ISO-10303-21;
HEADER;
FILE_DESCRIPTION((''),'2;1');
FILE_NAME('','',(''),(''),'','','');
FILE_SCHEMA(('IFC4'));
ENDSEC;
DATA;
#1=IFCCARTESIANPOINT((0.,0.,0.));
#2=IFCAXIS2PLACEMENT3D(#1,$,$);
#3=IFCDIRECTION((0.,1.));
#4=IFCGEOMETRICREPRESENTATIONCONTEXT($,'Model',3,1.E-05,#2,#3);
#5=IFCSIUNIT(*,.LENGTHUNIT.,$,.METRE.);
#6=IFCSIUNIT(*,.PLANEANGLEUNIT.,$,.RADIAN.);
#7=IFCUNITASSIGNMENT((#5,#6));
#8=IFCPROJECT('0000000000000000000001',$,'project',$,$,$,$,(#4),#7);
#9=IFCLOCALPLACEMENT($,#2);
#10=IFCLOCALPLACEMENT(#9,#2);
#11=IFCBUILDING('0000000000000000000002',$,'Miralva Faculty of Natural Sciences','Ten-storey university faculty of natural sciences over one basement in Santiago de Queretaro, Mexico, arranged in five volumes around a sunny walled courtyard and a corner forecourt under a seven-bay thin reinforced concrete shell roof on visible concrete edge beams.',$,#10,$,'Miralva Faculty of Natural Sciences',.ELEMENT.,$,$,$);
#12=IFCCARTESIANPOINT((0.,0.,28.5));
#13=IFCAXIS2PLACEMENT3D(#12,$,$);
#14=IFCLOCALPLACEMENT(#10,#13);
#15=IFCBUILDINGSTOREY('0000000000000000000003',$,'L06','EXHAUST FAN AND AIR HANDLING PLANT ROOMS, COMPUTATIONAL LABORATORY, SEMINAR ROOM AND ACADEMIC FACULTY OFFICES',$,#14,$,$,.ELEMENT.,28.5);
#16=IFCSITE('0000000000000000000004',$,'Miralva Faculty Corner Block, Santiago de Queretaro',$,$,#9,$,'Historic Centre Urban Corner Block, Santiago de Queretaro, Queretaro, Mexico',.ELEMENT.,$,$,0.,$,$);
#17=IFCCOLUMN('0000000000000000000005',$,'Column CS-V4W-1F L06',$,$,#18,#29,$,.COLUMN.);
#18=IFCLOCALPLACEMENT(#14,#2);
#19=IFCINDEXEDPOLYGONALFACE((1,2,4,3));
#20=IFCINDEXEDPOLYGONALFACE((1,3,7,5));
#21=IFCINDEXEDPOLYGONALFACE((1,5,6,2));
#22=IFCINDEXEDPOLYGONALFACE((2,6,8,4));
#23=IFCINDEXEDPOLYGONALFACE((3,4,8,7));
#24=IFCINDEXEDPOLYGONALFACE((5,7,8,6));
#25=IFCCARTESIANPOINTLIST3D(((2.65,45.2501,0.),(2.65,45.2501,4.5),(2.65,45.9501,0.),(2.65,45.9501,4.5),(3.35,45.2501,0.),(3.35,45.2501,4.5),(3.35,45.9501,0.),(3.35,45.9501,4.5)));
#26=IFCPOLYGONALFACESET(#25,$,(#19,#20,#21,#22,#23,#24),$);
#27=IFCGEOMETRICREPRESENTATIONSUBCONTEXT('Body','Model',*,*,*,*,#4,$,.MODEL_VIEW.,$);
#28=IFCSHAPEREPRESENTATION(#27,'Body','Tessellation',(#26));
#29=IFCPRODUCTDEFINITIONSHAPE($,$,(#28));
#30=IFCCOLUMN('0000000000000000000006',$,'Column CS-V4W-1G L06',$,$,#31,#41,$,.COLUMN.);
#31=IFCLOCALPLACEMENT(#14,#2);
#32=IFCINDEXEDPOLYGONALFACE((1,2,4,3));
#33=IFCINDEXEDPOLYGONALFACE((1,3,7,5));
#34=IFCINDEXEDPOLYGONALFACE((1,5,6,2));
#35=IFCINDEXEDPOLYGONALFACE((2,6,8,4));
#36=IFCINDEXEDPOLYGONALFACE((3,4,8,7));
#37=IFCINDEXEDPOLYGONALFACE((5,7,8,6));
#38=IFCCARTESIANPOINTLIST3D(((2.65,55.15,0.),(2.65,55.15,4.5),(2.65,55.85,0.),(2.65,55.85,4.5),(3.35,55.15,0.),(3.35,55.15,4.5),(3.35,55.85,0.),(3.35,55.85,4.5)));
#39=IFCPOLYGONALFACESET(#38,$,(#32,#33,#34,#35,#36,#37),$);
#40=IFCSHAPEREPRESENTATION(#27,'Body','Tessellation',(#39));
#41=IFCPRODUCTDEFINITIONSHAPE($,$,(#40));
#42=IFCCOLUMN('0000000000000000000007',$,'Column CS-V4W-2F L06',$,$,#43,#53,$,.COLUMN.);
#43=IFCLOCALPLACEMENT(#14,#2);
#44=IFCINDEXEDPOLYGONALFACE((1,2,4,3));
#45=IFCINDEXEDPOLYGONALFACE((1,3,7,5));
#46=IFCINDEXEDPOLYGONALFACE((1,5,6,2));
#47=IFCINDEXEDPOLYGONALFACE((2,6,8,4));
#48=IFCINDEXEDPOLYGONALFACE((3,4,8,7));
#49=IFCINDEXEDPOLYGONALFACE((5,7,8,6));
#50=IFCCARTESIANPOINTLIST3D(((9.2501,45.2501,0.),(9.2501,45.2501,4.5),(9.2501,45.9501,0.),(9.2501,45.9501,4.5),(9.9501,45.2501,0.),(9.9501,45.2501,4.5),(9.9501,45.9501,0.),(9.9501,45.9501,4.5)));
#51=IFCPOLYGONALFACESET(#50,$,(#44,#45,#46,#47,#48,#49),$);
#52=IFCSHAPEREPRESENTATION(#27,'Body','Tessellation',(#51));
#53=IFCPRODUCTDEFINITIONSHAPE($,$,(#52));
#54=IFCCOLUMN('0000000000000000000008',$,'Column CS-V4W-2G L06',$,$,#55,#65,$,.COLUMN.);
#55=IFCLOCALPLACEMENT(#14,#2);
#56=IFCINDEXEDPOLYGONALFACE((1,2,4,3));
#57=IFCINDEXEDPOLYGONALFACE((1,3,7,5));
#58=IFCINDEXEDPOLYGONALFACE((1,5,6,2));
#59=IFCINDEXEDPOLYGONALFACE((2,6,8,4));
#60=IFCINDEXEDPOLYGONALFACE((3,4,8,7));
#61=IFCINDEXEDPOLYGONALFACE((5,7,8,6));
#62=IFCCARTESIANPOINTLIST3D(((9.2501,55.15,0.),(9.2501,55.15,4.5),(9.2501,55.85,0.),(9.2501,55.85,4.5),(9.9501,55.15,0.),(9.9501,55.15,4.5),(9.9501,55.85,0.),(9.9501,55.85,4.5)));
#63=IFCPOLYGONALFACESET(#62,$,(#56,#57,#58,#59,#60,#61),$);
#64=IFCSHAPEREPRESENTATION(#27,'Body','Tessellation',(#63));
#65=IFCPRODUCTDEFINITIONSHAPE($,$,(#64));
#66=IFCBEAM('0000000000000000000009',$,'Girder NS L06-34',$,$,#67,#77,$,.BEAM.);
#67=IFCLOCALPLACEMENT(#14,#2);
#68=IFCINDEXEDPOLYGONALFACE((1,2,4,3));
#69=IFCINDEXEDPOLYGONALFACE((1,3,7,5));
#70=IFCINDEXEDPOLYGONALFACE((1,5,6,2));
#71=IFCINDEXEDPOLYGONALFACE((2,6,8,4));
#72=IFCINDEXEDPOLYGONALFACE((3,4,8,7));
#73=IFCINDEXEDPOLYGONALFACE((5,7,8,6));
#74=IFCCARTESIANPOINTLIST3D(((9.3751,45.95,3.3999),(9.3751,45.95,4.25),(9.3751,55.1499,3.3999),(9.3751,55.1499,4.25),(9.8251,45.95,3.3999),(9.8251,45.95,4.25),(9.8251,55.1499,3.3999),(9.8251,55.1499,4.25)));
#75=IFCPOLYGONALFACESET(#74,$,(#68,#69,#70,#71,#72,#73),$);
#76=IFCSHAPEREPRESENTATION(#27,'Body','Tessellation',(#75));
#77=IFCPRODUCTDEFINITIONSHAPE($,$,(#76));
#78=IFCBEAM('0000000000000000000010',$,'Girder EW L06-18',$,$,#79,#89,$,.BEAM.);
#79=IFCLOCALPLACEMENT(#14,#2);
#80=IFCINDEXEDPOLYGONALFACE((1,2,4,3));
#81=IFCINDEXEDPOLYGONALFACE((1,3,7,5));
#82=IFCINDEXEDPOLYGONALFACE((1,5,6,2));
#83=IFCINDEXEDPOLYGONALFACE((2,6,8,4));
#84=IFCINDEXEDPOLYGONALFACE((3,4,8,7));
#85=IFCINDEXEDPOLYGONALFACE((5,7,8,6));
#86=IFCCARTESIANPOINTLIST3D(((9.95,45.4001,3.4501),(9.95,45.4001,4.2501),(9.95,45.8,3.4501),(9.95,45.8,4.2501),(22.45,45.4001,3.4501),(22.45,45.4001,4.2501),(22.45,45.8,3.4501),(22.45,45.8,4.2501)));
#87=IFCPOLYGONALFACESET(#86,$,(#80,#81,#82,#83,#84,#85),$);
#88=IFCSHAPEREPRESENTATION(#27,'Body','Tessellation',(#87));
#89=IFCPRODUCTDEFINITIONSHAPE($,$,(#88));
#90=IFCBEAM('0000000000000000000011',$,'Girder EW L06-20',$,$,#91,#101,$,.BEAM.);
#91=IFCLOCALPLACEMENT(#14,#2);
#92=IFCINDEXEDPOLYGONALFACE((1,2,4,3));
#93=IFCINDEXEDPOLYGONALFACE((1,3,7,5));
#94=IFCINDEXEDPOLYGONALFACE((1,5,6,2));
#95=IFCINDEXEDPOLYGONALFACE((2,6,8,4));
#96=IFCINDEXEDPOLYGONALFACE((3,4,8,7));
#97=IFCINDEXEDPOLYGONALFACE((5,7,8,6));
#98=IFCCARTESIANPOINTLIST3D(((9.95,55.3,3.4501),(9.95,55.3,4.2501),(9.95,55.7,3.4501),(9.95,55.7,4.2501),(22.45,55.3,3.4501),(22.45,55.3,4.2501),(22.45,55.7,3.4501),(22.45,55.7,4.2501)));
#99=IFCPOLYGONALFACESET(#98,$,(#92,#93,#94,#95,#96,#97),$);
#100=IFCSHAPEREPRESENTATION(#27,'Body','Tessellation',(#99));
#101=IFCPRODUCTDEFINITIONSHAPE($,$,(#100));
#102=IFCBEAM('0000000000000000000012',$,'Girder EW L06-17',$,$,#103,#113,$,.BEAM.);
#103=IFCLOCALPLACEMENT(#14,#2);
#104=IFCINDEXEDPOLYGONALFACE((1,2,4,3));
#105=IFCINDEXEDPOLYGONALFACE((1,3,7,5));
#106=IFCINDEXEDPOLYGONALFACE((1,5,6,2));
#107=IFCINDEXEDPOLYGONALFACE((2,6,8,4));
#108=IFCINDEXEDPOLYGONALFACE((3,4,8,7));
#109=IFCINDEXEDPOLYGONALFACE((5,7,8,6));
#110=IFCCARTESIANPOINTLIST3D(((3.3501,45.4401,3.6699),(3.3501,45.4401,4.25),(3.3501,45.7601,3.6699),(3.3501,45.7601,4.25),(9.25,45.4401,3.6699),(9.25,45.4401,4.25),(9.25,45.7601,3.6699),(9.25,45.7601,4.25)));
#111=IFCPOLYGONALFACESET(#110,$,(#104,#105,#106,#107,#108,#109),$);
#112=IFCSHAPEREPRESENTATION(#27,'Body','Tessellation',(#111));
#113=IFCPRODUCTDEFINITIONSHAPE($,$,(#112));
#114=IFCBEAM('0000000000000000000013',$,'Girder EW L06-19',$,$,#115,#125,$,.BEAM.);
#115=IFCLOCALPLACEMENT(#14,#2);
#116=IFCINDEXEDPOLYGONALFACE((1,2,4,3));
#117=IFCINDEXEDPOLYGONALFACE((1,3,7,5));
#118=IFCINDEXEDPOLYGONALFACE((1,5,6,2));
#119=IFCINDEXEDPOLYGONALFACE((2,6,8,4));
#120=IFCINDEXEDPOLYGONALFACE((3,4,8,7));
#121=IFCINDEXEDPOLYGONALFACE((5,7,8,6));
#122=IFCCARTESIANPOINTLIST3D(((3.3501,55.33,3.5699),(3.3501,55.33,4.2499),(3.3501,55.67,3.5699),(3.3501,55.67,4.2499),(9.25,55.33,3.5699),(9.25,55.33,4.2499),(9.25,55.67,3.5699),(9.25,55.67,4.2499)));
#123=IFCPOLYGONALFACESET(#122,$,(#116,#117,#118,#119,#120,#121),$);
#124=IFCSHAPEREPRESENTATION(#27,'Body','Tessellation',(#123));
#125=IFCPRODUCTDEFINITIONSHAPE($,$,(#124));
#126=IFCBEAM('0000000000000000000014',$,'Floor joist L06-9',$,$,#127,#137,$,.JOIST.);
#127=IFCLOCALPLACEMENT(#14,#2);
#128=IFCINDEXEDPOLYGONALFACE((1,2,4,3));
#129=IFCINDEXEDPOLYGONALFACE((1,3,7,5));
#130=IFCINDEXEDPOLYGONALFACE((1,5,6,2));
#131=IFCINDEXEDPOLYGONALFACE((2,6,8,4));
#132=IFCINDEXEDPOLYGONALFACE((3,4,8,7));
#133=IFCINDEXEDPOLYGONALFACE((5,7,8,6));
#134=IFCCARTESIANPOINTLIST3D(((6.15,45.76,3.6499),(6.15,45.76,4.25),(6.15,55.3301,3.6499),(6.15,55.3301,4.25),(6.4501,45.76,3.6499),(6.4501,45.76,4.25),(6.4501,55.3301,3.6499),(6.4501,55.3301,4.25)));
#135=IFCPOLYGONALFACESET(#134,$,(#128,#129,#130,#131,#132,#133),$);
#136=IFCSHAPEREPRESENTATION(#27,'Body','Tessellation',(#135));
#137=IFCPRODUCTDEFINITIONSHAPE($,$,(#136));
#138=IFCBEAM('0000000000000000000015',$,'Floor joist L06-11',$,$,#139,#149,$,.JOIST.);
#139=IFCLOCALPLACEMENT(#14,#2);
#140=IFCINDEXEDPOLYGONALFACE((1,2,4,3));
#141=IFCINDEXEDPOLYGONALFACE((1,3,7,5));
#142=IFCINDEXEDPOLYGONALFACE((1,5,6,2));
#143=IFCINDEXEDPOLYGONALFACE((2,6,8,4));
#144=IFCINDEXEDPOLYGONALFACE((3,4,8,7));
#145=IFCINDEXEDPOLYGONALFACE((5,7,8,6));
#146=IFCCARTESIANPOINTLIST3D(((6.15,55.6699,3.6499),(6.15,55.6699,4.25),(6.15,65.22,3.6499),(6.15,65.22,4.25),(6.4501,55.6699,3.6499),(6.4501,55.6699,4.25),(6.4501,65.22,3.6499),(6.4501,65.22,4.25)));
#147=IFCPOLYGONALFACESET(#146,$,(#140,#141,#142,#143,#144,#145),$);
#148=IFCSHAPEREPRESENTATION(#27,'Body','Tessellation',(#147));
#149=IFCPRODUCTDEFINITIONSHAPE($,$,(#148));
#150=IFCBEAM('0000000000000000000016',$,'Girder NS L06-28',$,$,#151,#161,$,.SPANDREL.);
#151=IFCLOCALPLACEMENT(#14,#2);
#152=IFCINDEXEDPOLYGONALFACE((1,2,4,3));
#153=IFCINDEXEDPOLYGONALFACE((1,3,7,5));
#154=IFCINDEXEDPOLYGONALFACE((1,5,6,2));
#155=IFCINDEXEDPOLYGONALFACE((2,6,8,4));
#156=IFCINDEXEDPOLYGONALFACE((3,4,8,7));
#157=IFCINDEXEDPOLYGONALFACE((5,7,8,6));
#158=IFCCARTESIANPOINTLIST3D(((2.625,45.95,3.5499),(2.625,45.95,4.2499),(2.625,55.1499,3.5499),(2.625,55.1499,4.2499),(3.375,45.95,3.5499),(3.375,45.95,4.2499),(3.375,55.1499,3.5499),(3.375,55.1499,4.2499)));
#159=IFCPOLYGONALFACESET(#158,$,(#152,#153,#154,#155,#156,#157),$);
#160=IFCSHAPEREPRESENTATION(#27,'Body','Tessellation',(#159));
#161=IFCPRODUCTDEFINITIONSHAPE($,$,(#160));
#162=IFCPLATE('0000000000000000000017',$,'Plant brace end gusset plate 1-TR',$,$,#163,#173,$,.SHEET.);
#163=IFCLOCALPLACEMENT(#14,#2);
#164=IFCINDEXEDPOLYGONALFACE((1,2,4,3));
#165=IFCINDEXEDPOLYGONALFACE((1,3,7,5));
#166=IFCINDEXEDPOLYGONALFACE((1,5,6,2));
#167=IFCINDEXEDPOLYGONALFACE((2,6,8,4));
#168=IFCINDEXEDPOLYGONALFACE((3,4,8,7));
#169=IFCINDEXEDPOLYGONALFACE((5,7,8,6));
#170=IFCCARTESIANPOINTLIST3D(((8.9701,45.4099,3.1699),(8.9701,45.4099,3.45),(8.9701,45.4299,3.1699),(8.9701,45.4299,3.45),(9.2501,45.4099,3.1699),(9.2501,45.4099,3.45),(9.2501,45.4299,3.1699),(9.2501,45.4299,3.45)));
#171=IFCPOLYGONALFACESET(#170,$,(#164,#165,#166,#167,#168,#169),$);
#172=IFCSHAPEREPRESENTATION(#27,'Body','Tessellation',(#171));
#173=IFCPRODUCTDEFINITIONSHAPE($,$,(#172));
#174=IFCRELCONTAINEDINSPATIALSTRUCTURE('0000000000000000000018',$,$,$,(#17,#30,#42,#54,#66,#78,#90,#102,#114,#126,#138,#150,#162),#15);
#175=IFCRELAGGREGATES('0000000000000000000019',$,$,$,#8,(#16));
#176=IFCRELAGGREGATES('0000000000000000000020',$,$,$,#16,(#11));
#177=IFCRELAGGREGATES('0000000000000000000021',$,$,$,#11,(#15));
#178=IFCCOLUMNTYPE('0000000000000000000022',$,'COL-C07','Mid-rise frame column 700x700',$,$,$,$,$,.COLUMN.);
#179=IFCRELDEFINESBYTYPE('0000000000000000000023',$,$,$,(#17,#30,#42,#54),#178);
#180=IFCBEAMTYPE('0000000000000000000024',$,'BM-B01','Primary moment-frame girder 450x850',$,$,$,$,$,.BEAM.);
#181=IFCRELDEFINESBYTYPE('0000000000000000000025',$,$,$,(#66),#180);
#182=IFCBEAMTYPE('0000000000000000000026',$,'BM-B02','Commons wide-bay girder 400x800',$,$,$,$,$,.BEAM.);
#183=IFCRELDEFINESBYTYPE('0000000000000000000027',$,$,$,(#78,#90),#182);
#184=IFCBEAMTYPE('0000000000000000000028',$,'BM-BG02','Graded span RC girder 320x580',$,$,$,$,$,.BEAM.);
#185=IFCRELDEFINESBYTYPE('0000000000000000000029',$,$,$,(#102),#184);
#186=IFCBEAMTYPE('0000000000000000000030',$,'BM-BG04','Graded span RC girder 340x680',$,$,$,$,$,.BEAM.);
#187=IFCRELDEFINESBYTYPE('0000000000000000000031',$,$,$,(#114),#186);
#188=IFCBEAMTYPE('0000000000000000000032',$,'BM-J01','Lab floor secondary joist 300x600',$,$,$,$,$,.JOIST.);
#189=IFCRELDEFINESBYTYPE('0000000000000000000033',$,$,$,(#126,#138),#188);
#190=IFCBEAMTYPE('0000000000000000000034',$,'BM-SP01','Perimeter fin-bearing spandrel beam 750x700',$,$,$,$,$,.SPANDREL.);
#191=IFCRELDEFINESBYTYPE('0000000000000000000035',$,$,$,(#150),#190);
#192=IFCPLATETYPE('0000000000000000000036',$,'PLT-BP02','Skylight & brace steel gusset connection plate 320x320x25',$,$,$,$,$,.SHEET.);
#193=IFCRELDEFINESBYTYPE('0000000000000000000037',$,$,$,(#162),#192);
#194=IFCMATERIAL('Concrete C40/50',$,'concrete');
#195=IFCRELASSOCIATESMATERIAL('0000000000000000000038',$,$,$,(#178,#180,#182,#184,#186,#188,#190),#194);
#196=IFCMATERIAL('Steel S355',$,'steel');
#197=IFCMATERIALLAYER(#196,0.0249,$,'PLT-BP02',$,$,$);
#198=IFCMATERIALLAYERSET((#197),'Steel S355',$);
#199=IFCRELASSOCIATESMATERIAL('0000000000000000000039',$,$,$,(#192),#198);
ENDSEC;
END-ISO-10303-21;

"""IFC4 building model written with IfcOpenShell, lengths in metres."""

from ifc_helpers import new_model, si_unit, direction, frame, origin, origin_2d, place, context, subcontext, project, spatial, rectangle, extrude, material, layer, layer_set, material_profile, profile_set, type_object, element, save


model = new_model("IFC4")

# Units and contexts
model_context = context("Model", 3, precision=1e-05, world=origin(), true_north=direction((0.0, 1.0)))
body_context = subcontext(model_context, "Body", "Model", "MODEL_VIEW")
ifc_project = project(units=[si_unit("LENGTHUNIT", "METRE"), si_unit("PLANEANGLEUNIT", "RADIAN")], contexts=[model_context])

# Site, building, storey
site_placement = place(None, origin())
site = spatial("IfcSite", under=ifc_project, at=site_placement, Name="Miralva Faculty Corner Block, Santiago de Queretaro", LongName="Historic Centre Urban Corner Block, Santiago de Queretaro, Queretaro, Mexico", CompositionType="ELEMENT", RefElevation=0.0)
building_placement = place(site_placement, origin())
building = spatial("IfcBuilding", under=site, at=building_placement, Name="Miralva Faculty of Natural Sciences", Description="Ten-storey university faculty of natural sciences over one basement in Santiago de Queretaro, Mexico, arranged in five volumes around a sunny walled courtyard and a corner forecourt under a seven-bay thin reinforced concrete shell roof on visible concrete edge beams.", LongName="Miralva Faculty of Natural Sciences", CompositionType="ELEMENT")
storey_placement = place(building_placement, frame((0.0, 0.0, 28.5)))
storey = spatial("IfcBuildingStorey", under=building, at=storey_placement, Name="L06", Description="EXHAUST FAN AND AIR HANDLING PLANT ROOMS, COMPUTATIONAL LABORATORY, SEMINAR ROOM AND ACADEMIC FACULTY OFFICES", CompositionType="ELEMENT", Elevation=28.5)

# Columns
ifc_material_1 = material(Name="Concrete C40/50", Category="concrete")
ifc_material_profile_1 = material_profile(ifc_material_1, rectangle(XDim=0.7, YDim=0.7, at=origin_2d()), Name="RC 700x700")
ifc_profile_set_1 = profile_set([ifc_material_profile_1], Name="Concrete C40/50")
column_type = type_object("IfcColumnType", Name="COL-C07", Description="Mid-rise frame column 700x700", PredefinedType="COLUMN", material=ifc_profile_set_1)
for number, where, z_axis, x_axis, name in (
    (1, (3.0, 45.6001, 0.0), (0.0, 0.0, 1.0), (1.0, 0.0, 0.0), "Column CS-V4W-1F L06"),
    (2, (3.0, 55.5, 0.0), (0.0, 0.0, 1.0), (1.0, 0.0, 0.0), "Column CS-V4W-1G L06"),
    (3, (9.6001, 45.6001, 0.0), (0.0, 0.0, 1.0), (1.0, 0.0, 0.0), "Column CS-V4W-2F L06"),
    (4, (9.6001, 55.5, 0.0), (0.0, 0.0, 1.0), (1.0, 0.0, 0.0), "Column CS-V4W-2G L06"),
):
    element("IfcColumn", number, at=place(storey_placement, frame(where, z_axis=z_axis, x_axis=x_axis)), inside=storey, type_object=column_type, Name=name, PredefinedType="COLUMN", context=body_context, shape_type="SweptSolid", body=[
        extrude(rectangle(XDim=0.7, YDim=0.7, at=origin_2d()), origin(), (0.0, 0.0, 1.0), 4.5),
    ])

# Beams
ifc_material_profile_2 = material_profile(ifc_material_1, rectangle(XDim=0.45, YDim=0.8501, at=origin_2d()), Name="RC 450x850")
ifc_profile_set_2 = profile_set([ifc_material_profile_2], Name="Concrete C40/50")
beam_type_1 = type_object("IfcBeamType", Name="BM-B01", Description="Primary moment-frame girder 450x850", PredefinedType="BEAM", material=ifc_profile_set_2)
beam_1_placement = place(storey_placement, frame((9.6001, 45.95, 3.825), z_axis=(0.0, 1.0, 0.0), x_axis=(-1.0, 0.0, 0.0)))
element("IfcBeam", 5, at=beam_1_placement, inside=storey, type_object=beam_type_1, Name="Girder NS L06-34", PredefinedType="BEAM", context=body_context, shape_type="SweptSolid", body=[
    extrude(rectangle(XDim=0.45, YDim=0.8501, at=origin_2d()), origin(), (0.0, 0.0, 1.0), 9.2),
])
ifc_material_profile_3 = material_profile(ifc_material_1, rectangle(XDim=0.3999, YDim=0.8, at=origin_2d()), Name="RC 400x800")
ifc_profile_set_3 = profile_set([ifc_material_profile_3], Name="Concrete C40/50")
beam_type_2 = type_object("IfcBeamType", Name="BM-B02", Description="Commons wide-bay girder 400x800", PredefinedType="BEAM", material=ifc_profile_set_3)
for number, where, z_axis, x_axis, name in (
    (6, (9.95, 45.6001, 3.8501), (1.0, 0.0, 0.0), (0.0, 1.0, 0.0), "Girder EW L06-18"),
    (7, (9.95, 55.5, 3.8501), (1.0, 0.0, 0.0), (0.0, 1.0, 0.0), "Girder EW L06-20"),
):
    element("IfcBeam", number, at=place(storey_placement, frame(where, z_axis=z_axis, x_axis=x_axis)), inside=storey, type_object=beam_type_2, Name=name, PredefinedType="BEAM", context=body_context, shape_type="SweptSolid", body=[
        extrude(rectangle(XDim=0.3999, YDim=0.8, at=origin_2d()), origin(), (0.0, 0.0, 1.0), 12.5),
    ])
ifc_material_profile_4 = material_profile(ifc_material_1, rectangle(XDim=0.3201, YDim=0.5801, at=origin_2d()), Name="RC 320x580")
ifc_profile_set_4 = profile_set([ifc_material_profile_4], Name="Concrete C40/50")
beam_type_3 = type_object("IfcBeamType", Name="BM-BG02", Description="Graded span RC girder 320x580", PredefinedType="BEAM", material=ifc_profile_set_4)
beam_2_placement = place(storey_placement, frame((3.3501, 45.6001, 3.96), z_axis=(1.0, 0.0, 0.0), x_axis=(0.0, 1.0, 0.0)))
element("IfcBeam", 8, at=beam_2_placement, inside=storey, type_object=beam_type_3, Name="Girder EW L06-17", PredefinedType="BEAM", context=body_context, shape_type="SweptSolid", body=[
    extrude(rectangle(XDim=0.3201, YDim=0.5801, at=origin_2d()), origin(), (0.0, 0.0, 1.0), 5.8999),
])
ifc_material_profile_5 = material_profile(ifc_material_1, rectangle(XDim=0.3401, YDim=0.6799, at=origin_2d()), Name="RC 340x680")
ifc_profile_set_5 = profile_set([ifc_material_profile_5], Name="Concrete C40/50")
beam_type_4 = type_object("IfcBeamType", Name="BM-BG04", Description="Graded span RC girder 340x680", PredefinedType="BEAM", material=ifc_profile_set_5)
beam_3_placement = place(storey_placement, frame((3.3501, 55.5, 3.9099), z_axis=(1.0, 0.0, 0.0), x_axis=(0.0, 1.0, 0.0)))
element("IfcBeam", 9, at=beam_3_placement, inside=storey, type_object=beam_type_4, Name="Girder EW L06-19", PredefinedType="BEAM", context=body_context, shape_type="SweptSolid", body=[
    extrude(rectangle(XDim=0.3401, YDim=0.6799, at=origin_2d()), origin(), (0.0, 0.0, 1.0), 5.8999),
])
ifc_material_profile_6 = material_profile(ifc_material_1, rectangle(XDim=0.3, YDim=0.6001, at=origin_2d()), Name="RC 300x600")
ifc_profile_set_6 = profile_set([ifc_material_profile_6], Name="Concrete C40/50")
beam_type_5 = type_object("IfcBeamType", Name="BM-J01", Description="Lab floor secondary joist 300x600", PredefinedType="JOIST", material=ifc_profile_set_6)
beam_4_placement = place(storey_placement, frame((6.3, 45.76, 3.95), z_axis=(0.0, 1.0, 0.0), x_axis=(-1.0, 0.0, 0.0)))
element("IfcBeam", 10, at=beam_4_placement, inside=storey, type_object=beam_type_5, Name="Floor joist L06-9", PredefinedType="JOIST", context=body_context, shape_type="SweptSolid", body=[
    extrude(rectangle(XDim=0.3, YDim=0.6001, at=origin_2d()), origin(), (0.0, 0.0, 1.0), 9.5701),
])
beam_5_placement = place(storey_placement, frame((6.3, 55.6699, 3.95), z_axis=(0.0, 1.0, 0.0), x_axis=(-1.0, 0.0, 0.0)))
element("IfcBeam", 11, at=beam_5_placement, inside=storey, type_object=beam_type_5, Name="Floor joist L06-11", PredefinedType="JOIST", context=body_context, shape_type="SweptSolid", body=[
    extrude(rectangle(XDim=0.3, YDim=0.6001, at=origin_2d()), origin(), (0.0, 0.0, 1.0), 9.55),
])
ifc_material_profile_7 = material_profile(ifc_material_1, rectangle(XDim=0.75, YDim=0.7, at=origin_2d()), Name="RC 750x700")
ifc_profile_set_7 = profile_set([ifc_material_profile_7], Name="Concrete C40/50")
beam_type_6 = type_object("IfcBeamType", Name="BM-SP01", Description="Perimeter fin-bearing spandrel beam 750x700", PredefinedType="SPANDREL", material=ifc_profile_set_7)
beam_6_placement = place(storey_placement, frame((3.0, 45.95, 3.8999), z_axis=(0.0, 1.0, 0.0), x_axis=(-1.0, 0.0, 0.0)))
element("IfcBeam", 12, at=beam_6_placement, inside=storey, type_object=beam_type_6, Name="Girder NS L06-28", PredefinedType="SPANDREL", context=body_context, shape_type="SweptSolid", body=[
    extrude(rectangle(XDim=0.75, YDim=0.7, at=origin_2d()), origin(), (0.0, 0.0, 1.0), 9.2),
])

# Plate
ifc_material_2 = material(Name="Steel S355", Category="steel")
ifc_layer_1 = layer(ifc_material_2, 0.0249, Name="PLT-BP02")
ifc_layer_set_1 = layer_set([ifc_layer_1], Name="Steel S355")
plate_type = type_object("IfcPlateType", Name="PLT-BP02", Description="Skylight & brace steel gusset connection plate 320x320x25", PredefinedType="SHEET", material=ifc_layer_set_1)
plate_placement = place(storey_placement, frame((9.1101, 45.4199, 3.1699), z_axis=(0.0, 0.0, 1.0), x_axis=(1.0, 0.0, 0.0)))
element("IfcPlate", 13, at=plate_placement, inside=storey, type_object=plate_type, Name="Plant brace end gusset plate 1-TR", PredefinedType="SHEET", context=body_context, shape_type="SweptSolid", body=[
    extrude(rectangle(XDim=0.28, YDim=0.02, at=origin_2d()), origin(), (0.0, 0.0, 1.0), 0.28),
])

save(model, "model.ifc")
